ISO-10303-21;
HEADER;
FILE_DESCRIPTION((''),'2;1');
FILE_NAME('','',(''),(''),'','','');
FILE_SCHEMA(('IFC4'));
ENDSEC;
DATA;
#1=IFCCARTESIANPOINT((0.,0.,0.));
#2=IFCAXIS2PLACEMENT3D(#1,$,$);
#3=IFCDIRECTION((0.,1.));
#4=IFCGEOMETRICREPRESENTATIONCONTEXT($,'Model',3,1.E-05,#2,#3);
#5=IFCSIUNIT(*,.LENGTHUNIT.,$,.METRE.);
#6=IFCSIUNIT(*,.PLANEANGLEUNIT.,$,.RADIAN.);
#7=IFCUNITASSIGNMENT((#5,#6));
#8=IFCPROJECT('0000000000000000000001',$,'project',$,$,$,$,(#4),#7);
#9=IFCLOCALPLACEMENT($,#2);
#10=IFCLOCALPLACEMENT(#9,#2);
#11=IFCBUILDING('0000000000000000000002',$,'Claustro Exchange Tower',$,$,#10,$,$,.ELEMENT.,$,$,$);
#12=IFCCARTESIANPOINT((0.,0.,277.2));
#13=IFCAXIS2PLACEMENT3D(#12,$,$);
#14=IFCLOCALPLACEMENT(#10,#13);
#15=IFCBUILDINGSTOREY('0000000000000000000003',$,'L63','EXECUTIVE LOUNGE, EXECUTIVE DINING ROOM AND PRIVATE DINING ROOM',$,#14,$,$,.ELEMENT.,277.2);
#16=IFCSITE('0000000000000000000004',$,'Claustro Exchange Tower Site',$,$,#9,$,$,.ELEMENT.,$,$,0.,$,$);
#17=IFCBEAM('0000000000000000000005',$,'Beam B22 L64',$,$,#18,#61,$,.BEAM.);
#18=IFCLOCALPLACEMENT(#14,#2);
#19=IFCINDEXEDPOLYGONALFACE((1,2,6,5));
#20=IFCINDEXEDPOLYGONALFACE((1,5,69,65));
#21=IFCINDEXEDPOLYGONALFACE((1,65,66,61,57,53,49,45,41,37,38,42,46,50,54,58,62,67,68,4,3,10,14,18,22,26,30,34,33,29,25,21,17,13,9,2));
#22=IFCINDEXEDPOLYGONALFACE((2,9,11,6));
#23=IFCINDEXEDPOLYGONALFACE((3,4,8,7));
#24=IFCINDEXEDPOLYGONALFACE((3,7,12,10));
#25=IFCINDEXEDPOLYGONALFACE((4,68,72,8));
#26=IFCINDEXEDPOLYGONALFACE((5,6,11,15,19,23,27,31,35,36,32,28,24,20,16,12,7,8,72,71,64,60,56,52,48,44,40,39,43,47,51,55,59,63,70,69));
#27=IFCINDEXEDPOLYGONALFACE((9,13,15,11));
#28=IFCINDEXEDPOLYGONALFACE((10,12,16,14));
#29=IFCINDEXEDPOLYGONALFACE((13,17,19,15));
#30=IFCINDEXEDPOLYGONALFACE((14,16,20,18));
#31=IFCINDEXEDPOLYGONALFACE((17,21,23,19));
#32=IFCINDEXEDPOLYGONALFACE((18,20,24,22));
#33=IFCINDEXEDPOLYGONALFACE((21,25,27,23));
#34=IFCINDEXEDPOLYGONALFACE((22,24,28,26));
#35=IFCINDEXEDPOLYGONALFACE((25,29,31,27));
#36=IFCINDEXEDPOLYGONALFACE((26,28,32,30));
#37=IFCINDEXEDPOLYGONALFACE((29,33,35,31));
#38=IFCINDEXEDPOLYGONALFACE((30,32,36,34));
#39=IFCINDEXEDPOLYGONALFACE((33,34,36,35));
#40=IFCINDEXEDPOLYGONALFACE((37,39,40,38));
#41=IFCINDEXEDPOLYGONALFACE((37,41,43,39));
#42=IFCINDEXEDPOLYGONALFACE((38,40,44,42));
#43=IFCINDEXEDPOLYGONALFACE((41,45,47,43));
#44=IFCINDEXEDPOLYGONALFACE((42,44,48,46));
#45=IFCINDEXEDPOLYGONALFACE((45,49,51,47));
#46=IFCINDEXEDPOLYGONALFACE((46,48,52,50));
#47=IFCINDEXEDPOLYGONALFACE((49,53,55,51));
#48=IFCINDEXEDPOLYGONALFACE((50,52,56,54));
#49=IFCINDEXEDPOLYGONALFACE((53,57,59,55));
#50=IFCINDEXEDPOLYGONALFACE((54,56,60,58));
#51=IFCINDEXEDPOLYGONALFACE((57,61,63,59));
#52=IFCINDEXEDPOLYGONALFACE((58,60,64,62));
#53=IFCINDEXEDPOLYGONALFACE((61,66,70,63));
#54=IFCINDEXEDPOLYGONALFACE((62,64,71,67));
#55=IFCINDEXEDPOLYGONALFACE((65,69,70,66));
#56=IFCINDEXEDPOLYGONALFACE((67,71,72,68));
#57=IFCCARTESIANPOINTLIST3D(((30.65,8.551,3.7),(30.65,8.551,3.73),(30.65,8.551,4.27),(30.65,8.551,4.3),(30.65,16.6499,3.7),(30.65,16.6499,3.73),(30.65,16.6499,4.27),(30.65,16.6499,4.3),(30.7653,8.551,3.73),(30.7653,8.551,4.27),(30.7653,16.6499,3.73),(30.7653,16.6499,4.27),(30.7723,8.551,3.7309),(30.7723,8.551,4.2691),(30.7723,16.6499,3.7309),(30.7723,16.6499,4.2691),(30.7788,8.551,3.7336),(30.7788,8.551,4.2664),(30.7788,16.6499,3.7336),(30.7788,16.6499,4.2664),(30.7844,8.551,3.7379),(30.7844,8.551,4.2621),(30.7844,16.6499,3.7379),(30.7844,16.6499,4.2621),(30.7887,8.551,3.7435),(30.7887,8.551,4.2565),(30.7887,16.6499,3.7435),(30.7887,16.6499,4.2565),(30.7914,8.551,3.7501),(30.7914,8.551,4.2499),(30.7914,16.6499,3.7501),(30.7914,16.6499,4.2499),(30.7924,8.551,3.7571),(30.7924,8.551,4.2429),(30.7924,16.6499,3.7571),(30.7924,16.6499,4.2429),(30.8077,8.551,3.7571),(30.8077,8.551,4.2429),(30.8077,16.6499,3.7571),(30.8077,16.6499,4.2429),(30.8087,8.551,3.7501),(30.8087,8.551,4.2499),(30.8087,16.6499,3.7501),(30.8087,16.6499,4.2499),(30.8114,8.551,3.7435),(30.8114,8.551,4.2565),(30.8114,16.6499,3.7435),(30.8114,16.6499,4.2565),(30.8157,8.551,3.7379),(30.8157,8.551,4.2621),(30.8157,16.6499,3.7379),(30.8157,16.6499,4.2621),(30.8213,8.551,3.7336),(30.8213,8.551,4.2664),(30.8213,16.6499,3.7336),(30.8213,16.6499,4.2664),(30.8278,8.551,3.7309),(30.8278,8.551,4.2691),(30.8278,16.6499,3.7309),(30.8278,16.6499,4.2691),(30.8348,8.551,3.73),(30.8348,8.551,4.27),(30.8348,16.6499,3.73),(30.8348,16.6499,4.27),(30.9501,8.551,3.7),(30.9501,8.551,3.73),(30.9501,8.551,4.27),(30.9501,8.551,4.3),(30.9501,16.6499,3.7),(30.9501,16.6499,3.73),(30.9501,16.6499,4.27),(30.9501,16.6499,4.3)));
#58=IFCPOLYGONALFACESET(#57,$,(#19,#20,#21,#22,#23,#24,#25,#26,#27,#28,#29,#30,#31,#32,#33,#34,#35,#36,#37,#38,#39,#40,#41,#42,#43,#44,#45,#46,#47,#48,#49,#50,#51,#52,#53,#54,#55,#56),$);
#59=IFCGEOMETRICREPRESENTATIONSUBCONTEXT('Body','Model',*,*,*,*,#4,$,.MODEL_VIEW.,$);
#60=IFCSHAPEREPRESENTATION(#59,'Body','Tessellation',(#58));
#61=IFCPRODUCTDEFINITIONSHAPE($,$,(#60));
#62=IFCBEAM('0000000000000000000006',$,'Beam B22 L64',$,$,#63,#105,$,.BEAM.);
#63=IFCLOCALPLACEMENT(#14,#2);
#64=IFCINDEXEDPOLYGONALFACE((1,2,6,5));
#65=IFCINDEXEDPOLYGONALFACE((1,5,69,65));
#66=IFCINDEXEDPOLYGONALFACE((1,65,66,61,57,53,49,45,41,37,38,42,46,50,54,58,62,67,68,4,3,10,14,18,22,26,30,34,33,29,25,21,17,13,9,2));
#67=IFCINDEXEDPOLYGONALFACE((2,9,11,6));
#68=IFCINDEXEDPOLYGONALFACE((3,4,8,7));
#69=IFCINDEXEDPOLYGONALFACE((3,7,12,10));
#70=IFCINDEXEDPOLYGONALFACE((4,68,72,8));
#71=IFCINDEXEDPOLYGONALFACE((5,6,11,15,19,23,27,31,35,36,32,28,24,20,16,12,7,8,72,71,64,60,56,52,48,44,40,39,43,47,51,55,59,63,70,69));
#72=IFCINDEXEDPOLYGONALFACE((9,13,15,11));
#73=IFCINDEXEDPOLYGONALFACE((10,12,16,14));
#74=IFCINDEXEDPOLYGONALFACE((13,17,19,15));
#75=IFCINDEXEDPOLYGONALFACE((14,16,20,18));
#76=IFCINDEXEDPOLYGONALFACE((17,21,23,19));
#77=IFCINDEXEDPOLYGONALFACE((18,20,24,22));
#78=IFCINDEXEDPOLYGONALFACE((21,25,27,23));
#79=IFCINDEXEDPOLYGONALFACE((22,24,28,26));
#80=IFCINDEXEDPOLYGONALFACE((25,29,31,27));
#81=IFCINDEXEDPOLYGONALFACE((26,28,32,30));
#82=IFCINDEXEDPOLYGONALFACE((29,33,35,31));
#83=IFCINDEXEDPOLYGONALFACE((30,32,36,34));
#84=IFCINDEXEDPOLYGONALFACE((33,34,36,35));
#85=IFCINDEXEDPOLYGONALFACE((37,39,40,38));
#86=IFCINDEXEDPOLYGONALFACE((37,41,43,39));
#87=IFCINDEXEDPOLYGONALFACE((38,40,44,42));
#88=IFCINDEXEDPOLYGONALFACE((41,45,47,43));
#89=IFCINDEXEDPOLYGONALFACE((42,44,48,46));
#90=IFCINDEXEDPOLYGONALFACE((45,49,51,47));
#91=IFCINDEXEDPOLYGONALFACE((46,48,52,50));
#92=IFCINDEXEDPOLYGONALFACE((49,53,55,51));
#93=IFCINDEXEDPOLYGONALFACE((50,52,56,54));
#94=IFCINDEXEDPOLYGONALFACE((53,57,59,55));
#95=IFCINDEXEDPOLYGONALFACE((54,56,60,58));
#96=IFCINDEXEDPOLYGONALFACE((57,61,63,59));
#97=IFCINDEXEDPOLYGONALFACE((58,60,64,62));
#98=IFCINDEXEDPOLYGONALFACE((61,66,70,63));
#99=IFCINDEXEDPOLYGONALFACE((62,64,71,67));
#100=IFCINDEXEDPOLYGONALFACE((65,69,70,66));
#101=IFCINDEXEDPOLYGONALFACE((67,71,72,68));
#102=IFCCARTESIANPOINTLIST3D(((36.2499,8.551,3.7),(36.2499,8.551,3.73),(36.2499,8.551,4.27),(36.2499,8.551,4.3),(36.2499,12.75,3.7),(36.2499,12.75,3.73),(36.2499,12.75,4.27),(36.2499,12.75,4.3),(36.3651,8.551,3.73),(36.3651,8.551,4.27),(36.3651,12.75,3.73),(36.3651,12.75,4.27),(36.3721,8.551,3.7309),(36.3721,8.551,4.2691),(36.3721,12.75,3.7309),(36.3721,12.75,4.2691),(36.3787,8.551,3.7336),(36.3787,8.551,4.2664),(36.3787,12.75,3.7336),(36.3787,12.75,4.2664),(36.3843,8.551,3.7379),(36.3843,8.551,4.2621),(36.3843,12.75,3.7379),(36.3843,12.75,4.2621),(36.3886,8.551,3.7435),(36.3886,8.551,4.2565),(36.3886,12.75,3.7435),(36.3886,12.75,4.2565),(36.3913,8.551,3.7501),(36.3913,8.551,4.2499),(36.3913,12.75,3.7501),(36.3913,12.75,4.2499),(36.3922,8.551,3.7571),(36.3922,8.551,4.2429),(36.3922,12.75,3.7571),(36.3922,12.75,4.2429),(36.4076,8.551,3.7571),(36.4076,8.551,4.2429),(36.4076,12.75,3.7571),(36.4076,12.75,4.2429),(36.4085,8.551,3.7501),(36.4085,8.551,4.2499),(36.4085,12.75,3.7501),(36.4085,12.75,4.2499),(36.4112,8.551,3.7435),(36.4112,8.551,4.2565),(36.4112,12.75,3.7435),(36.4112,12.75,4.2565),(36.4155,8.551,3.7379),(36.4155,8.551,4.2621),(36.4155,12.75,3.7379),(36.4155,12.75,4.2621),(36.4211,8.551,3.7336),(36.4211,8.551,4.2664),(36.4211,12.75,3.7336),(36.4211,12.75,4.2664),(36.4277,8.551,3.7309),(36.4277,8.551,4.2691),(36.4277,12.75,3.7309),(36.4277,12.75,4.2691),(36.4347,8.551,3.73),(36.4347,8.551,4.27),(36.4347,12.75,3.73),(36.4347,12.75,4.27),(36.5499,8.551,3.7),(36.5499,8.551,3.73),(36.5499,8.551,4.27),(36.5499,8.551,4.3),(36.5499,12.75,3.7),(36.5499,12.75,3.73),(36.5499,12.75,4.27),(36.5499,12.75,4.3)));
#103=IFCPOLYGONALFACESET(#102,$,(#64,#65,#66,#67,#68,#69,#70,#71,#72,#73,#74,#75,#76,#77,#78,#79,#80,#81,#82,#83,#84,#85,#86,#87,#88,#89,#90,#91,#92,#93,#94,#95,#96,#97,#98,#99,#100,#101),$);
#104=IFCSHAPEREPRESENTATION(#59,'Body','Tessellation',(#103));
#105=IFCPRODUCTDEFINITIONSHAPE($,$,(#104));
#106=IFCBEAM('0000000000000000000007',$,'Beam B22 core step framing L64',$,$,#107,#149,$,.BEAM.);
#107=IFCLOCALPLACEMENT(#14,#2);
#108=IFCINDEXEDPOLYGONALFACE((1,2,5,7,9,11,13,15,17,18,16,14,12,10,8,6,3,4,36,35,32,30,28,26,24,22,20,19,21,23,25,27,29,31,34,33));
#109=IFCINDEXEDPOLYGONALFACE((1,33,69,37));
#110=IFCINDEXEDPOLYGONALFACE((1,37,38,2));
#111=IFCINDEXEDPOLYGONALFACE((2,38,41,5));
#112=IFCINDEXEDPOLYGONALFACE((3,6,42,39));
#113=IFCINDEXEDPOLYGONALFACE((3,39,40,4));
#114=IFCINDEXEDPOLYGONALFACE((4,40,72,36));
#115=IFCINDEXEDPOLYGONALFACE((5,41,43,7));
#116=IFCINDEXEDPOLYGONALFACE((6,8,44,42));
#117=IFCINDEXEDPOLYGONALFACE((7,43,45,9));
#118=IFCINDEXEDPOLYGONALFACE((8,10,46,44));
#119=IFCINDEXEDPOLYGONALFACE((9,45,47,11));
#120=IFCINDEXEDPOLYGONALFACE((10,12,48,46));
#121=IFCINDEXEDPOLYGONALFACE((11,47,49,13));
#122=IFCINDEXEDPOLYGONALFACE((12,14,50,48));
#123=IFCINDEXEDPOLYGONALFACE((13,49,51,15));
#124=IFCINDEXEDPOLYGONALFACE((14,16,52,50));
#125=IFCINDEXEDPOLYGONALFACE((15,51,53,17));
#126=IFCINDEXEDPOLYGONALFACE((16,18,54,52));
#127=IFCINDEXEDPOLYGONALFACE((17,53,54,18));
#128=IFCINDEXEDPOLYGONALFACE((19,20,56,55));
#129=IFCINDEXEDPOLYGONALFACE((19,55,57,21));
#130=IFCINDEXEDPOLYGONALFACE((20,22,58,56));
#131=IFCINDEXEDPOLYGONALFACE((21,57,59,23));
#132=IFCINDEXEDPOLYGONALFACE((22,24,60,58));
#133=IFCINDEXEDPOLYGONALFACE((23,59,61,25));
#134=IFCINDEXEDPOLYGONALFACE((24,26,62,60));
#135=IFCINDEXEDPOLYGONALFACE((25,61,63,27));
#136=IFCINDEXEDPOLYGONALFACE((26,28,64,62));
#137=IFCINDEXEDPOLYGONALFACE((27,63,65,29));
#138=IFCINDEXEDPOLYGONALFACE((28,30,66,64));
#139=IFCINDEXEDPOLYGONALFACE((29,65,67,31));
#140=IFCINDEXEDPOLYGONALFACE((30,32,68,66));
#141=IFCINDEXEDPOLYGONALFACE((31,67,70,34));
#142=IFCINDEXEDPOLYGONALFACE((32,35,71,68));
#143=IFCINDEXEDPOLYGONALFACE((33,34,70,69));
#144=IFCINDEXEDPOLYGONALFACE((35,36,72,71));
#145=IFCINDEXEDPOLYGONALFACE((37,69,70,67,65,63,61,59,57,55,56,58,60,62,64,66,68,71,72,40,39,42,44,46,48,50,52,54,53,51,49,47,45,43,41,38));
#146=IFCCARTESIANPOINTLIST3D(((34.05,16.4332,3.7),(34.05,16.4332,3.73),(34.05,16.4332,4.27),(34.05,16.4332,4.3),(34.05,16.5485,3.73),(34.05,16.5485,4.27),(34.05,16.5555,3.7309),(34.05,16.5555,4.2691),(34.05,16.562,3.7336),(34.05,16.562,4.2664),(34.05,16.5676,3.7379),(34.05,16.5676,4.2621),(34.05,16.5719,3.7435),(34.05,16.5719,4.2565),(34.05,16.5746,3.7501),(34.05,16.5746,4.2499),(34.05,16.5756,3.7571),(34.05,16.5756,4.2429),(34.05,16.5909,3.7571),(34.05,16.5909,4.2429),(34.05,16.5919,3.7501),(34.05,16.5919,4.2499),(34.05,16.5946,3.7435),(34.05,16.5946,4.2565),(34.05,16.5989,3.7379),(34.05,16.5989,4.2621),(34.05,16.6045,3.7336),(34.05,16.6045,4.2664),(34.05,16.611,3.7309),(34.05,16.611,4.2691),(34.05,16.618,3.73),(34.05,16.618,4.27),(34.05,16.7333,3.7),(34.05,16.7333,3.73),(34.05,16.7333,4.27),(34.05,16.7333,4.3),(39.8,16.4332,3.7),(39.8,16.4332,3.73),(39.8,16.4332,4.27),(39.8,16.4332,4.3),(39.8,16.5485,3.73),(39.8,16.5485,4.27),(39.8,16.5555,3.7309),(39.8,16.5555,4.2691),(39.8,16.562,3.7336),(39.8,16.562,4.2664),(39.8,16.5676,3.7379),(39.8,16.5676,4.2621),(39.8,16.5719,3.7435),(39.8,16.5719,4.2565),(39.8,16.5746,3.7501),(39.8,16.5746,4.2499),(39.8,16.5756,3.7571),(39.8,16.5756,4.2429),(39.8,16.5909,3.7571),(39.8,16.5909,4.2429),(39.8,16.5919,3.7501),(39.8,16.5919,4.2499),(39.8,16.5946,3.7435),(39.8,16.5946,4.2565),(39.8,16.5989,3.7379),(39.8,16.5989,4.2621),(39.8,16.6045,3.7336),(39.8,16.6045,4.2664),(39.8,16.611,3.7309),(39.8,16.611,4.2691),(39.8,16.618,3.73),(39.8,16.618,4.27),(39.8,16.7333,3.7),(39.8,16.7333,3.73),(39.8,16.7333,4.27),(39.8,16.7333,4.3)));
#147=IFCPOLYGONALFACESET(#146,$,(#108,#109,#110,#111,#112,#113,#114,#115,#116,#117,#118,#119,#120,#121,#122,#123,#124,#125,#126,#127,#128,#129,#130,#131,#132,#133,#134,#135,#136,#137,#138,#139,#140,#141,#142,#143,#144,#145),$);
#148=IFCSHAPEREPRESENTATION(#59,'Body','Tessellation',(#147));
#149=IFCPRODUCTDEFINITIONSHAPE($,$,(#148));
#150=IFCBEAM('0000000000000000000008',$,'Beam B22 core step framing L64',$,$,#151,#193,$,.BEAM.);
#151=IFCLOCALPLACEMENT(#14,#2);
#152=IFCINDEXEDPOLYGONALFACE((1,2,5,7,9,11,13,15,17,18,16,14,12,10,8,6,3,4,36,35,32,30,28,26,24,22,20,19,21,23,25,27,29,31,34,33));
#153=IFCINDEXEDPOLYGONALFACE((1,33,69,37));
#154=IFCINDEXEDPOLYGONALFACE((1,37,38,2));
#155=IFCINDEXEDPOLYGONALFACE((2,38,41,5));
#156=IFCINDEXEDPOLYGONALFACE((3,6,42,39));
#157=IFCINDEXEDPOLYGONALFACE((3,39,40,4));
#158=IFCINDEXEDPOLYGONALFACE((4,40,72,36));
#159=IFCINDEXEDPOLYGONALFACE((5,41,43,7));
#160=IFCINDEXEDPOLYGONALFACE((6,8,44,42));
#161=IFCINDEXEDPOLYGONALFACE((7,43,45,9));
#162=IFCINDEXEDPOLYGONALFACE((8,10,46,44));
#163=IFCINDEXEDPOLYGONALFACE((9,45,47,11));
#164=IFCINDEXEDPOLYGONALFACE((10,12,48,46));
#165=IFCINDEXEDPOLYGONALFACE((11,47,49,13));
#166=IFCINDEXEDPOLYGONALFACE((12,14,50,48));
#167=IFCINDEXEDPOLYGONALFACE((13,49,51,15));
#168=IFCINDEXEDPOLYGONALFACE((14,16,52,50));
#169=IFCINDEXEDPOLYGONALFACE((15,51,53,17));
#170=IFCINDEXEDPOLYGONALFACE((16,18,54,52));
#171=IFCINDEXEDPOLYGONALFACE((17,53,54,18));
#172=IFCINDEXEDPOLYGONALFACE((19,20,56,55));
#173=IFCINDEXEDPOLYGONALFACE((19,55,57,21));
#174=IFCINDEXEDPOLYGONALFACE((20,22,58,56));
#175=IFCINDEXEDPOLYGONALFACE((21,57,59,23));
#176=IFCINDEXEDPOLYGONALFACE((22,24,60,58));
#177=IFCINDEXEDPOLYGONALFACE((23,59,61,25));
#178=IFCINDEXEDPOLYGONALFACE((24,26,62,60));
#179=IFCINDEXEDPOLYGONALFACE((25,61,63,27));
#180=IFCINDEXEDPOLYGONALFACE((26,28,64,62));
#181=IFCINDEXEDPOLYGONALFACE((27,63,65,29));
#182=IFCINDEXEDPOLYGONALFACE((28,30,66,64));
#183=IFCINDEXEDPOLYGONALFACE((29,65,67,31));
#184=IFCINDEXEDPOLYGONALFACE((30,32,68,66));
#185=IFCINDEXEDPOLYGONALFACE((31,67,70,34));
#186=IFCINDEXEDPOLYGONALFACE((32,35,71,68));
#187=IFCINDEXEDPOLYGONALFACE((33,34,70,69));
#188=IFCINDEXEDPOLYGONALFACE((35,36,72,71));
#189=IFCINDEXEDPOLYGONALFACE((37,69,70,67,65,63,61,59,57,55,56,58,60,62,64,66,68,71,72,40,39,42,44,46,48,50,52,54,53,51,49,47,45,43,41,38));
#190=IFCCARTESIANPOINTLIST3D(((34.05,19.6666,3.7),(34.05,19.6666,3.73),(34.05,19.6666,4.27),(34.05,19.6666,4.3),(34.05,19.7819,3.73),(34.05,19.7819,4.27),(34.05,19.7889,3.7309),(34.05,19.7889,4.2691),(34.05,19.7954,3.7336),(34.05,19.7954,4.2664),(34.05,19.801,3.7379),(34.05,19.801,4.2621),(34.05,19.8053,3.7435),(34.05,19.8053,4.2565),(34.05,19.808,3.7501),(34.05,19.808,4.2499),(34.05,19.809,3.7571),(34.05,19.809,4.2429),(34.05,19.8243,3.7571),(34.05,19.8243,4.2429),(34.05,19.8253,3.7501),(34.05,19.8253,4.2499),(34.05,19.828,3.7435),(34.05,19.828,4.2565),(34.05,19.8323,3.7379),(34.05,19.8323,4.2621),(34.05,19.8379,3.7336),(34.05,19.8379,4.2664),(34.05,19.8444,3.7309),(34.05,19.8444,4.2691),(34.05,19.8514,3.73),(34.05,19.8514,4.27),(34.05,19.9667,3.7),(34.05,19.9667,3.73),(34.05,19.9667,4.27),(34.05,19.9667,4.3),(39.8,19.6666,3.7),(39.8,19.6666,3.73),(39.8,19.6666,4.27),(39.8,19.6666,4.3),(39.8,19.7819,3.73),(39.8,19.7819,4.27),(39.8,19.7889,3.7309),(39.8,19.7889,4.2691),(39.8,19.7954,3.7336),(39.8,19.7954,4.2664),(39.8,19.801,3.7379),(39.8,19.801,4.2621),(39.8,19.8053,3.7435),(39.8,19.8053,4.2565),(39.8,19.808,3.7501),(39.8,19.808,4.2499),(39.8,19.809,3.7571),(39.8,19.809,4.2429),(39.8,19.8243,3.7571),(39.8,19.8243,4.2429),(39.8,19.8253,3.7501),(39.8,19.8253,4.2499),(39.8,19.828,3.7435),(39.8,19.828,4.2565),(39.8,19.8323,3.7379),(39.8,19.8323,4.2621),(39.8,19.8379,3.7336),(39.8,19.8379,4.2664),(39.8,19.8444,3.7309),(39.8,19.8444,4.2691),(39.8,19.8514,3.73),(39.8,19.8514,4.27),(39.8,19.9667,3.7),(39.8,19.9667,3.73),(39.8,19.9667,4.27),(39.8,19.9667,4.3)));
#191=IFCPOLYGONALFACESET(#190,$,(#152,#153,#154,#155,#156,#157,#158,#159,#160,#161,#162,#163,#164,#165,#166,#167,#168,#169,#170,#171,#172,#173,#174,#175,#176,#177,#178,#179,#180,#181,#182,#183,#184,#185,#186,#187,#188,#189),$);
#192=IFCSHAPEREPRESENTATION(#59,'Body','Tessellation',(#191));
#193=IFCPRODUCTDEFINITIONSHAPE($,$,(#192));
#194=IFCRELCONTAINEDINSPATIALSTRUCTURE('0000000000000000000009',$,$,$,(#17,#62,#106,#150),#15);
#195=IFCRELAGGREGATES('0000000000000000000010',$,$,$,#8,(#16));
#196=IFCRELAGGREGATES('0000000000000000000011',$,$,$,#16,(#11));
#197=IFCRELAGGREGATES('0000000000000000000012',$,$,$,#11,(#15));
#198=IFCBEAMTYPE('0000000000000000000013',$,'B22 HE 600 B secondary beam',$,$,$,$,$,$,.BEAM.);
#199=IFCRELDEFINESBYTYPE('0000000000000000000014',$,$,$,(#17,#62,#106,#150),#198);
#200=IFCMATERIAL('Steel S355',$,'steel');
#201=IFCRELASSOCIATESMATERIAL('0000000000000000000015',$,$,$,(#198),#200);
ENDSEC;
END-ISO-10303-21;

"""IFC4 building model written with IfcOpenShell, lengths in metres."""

from ifc_helpers import new_model, si_unit, direction, frame, origin, origin_2d, place, context, subcontext, project, spatial, i_section, extrude, material, material_profile, profile_set, type_object, element, save


model = new_model("IFC4")

# Units and contexts
model_context = context("Model", 3, precision=1e-05, world=origin(), true_north=direction((0.0, 1.0)))
body_context = subcontext(model_context, "Body", "Model", "MODEL_VIEW")
ifc_project = project(units=[si_unit("LENGTHUNIT", "METRE"), si_unit("PLANEANGLEUNIT", "RADIAN")], contexts=[model_context])

# Site, building, storey
site_placement = place(None, origin())
site = spatial("IfcSite", under=ifc_project, at=site_placement, Name="Claustro Exchange Tower Site", CompositionType="ELEMENT", RefElevation=0.0)
building_placement = place(site_placement, origin())
building = spatial("IfcBuilding", under=site, at=building_placement, Name="Claustro Exchange Tower", CompositionType="ELEMENT")
storey_placement = place(building_placement, frame((0.0, 0.0, 277.2)))
storey = spatial("IfcBuildingStorey", under=building, at=storey_placement, Name="L63", Description="EXECUTIVE LOUNGE, EXECUTIVE DINING ROOM AND PRIVATE DINING ROOM", CompositionType="ELEMENT", Elevation=277.2)

# Beams
ifc_material_1 = material(Name="Steel S355", Category="steel")
ifc_material_profile_1 = material_profile(ifc_material_1, i_section(OverallWidth=0.3, OverallDepth=0.6001, WebThickness=0.0154, FlangeThickness=0.03, FilletRadius=0.0271, at=origin_2d()), Name="HE 600 B")
ifc_profile_set_1 = profile_set([ifc_material_profile_1], Name="Steel S355")
beam_type_1 = type_object("IfcBeamType", Name="B22 HE 600 B secondary beam", PredefinedType="BEAM", material=ifc_profile_set_1)
for number, where, z_axis, x_axis, name in (
    (1, (30.8, 8.551, 4.0), (0.0, 1.0, 0.0), (-1.0, 0.0, 0.0), "Beam B22 L64"),
):
    element("IfcBeam", number, at=place(storey_placement, frame(where, z_axis=z_axis, x_axis=x_axis)), inside=storey, type_object=beam_type_1, Name=name, PredefinedType="BEAM", context=body_context, shape_type="SweptSolid", body=[
        extrude(i_section(OverallWidth=0.3, OverallDepth=0.6001, WebThickness=0.0154, FlangeThickness=0.03, FilletRadius=0.0271, at=origin_2d()), origin(), (0.0, 0.0, 1.0), 8.0989),
    ])
beam_1_placement = place(storey_placement, frame((36.3999, 8.551, 4.0), z_axis=(0.0, 1.0, 0.0), x_axis=(-1.0, 0.0, 0.0)))
element("IfcBeam", 2, at=beam_1_placement, inside=storey, type_object=beam_type_1, Name="Beam B22 L64", PredefinedType="BEAM", context=body_context, shape_type="SweptSolid", body=[
    extrude(i_section(OverallWidth=0.3, OverallDepth=0.6001, WebThickness=0.0154, FlangeThickness=0.03, FilletRadius=0.0271, at=origin_2d()), origin(), (0.0, 0.0, 1.0), 4.199),
])
for number, where, z_axis, x_axis, name in (
    (3, (34.05, 16.5833, 4.0), (1.0, 0.0, 0.0), (0.0, 1.0, 0.0), "Beam B22 core step framing L64"),
    (4, (34.05, 19.8167, 4.0), (1.0, 0.0, 0.0), (0.0, 1.0, 0.0), "Beam B22 core step framing L64"),
):
    element("IfcBeam", number, at=place(storey_placement, frame(where, z_axis=z_axis, x_axis=x_axis)), inside=storey, type_object=beam_type_1, Name=name, PredefinedType="BEAM", context=body_context, shape_type="SweptSolid", body=[
        extrude(i_section(OverallWidth=0.3, OverallDepth=0.6001, WebThickness=0.0154, FlangeThickness=0.03, FilletRadius=0.0271, at=origin_2d()), origin(), (0.0, 0.0, 1.0), 5.75),
    ])

save(model, "model.ifc")
